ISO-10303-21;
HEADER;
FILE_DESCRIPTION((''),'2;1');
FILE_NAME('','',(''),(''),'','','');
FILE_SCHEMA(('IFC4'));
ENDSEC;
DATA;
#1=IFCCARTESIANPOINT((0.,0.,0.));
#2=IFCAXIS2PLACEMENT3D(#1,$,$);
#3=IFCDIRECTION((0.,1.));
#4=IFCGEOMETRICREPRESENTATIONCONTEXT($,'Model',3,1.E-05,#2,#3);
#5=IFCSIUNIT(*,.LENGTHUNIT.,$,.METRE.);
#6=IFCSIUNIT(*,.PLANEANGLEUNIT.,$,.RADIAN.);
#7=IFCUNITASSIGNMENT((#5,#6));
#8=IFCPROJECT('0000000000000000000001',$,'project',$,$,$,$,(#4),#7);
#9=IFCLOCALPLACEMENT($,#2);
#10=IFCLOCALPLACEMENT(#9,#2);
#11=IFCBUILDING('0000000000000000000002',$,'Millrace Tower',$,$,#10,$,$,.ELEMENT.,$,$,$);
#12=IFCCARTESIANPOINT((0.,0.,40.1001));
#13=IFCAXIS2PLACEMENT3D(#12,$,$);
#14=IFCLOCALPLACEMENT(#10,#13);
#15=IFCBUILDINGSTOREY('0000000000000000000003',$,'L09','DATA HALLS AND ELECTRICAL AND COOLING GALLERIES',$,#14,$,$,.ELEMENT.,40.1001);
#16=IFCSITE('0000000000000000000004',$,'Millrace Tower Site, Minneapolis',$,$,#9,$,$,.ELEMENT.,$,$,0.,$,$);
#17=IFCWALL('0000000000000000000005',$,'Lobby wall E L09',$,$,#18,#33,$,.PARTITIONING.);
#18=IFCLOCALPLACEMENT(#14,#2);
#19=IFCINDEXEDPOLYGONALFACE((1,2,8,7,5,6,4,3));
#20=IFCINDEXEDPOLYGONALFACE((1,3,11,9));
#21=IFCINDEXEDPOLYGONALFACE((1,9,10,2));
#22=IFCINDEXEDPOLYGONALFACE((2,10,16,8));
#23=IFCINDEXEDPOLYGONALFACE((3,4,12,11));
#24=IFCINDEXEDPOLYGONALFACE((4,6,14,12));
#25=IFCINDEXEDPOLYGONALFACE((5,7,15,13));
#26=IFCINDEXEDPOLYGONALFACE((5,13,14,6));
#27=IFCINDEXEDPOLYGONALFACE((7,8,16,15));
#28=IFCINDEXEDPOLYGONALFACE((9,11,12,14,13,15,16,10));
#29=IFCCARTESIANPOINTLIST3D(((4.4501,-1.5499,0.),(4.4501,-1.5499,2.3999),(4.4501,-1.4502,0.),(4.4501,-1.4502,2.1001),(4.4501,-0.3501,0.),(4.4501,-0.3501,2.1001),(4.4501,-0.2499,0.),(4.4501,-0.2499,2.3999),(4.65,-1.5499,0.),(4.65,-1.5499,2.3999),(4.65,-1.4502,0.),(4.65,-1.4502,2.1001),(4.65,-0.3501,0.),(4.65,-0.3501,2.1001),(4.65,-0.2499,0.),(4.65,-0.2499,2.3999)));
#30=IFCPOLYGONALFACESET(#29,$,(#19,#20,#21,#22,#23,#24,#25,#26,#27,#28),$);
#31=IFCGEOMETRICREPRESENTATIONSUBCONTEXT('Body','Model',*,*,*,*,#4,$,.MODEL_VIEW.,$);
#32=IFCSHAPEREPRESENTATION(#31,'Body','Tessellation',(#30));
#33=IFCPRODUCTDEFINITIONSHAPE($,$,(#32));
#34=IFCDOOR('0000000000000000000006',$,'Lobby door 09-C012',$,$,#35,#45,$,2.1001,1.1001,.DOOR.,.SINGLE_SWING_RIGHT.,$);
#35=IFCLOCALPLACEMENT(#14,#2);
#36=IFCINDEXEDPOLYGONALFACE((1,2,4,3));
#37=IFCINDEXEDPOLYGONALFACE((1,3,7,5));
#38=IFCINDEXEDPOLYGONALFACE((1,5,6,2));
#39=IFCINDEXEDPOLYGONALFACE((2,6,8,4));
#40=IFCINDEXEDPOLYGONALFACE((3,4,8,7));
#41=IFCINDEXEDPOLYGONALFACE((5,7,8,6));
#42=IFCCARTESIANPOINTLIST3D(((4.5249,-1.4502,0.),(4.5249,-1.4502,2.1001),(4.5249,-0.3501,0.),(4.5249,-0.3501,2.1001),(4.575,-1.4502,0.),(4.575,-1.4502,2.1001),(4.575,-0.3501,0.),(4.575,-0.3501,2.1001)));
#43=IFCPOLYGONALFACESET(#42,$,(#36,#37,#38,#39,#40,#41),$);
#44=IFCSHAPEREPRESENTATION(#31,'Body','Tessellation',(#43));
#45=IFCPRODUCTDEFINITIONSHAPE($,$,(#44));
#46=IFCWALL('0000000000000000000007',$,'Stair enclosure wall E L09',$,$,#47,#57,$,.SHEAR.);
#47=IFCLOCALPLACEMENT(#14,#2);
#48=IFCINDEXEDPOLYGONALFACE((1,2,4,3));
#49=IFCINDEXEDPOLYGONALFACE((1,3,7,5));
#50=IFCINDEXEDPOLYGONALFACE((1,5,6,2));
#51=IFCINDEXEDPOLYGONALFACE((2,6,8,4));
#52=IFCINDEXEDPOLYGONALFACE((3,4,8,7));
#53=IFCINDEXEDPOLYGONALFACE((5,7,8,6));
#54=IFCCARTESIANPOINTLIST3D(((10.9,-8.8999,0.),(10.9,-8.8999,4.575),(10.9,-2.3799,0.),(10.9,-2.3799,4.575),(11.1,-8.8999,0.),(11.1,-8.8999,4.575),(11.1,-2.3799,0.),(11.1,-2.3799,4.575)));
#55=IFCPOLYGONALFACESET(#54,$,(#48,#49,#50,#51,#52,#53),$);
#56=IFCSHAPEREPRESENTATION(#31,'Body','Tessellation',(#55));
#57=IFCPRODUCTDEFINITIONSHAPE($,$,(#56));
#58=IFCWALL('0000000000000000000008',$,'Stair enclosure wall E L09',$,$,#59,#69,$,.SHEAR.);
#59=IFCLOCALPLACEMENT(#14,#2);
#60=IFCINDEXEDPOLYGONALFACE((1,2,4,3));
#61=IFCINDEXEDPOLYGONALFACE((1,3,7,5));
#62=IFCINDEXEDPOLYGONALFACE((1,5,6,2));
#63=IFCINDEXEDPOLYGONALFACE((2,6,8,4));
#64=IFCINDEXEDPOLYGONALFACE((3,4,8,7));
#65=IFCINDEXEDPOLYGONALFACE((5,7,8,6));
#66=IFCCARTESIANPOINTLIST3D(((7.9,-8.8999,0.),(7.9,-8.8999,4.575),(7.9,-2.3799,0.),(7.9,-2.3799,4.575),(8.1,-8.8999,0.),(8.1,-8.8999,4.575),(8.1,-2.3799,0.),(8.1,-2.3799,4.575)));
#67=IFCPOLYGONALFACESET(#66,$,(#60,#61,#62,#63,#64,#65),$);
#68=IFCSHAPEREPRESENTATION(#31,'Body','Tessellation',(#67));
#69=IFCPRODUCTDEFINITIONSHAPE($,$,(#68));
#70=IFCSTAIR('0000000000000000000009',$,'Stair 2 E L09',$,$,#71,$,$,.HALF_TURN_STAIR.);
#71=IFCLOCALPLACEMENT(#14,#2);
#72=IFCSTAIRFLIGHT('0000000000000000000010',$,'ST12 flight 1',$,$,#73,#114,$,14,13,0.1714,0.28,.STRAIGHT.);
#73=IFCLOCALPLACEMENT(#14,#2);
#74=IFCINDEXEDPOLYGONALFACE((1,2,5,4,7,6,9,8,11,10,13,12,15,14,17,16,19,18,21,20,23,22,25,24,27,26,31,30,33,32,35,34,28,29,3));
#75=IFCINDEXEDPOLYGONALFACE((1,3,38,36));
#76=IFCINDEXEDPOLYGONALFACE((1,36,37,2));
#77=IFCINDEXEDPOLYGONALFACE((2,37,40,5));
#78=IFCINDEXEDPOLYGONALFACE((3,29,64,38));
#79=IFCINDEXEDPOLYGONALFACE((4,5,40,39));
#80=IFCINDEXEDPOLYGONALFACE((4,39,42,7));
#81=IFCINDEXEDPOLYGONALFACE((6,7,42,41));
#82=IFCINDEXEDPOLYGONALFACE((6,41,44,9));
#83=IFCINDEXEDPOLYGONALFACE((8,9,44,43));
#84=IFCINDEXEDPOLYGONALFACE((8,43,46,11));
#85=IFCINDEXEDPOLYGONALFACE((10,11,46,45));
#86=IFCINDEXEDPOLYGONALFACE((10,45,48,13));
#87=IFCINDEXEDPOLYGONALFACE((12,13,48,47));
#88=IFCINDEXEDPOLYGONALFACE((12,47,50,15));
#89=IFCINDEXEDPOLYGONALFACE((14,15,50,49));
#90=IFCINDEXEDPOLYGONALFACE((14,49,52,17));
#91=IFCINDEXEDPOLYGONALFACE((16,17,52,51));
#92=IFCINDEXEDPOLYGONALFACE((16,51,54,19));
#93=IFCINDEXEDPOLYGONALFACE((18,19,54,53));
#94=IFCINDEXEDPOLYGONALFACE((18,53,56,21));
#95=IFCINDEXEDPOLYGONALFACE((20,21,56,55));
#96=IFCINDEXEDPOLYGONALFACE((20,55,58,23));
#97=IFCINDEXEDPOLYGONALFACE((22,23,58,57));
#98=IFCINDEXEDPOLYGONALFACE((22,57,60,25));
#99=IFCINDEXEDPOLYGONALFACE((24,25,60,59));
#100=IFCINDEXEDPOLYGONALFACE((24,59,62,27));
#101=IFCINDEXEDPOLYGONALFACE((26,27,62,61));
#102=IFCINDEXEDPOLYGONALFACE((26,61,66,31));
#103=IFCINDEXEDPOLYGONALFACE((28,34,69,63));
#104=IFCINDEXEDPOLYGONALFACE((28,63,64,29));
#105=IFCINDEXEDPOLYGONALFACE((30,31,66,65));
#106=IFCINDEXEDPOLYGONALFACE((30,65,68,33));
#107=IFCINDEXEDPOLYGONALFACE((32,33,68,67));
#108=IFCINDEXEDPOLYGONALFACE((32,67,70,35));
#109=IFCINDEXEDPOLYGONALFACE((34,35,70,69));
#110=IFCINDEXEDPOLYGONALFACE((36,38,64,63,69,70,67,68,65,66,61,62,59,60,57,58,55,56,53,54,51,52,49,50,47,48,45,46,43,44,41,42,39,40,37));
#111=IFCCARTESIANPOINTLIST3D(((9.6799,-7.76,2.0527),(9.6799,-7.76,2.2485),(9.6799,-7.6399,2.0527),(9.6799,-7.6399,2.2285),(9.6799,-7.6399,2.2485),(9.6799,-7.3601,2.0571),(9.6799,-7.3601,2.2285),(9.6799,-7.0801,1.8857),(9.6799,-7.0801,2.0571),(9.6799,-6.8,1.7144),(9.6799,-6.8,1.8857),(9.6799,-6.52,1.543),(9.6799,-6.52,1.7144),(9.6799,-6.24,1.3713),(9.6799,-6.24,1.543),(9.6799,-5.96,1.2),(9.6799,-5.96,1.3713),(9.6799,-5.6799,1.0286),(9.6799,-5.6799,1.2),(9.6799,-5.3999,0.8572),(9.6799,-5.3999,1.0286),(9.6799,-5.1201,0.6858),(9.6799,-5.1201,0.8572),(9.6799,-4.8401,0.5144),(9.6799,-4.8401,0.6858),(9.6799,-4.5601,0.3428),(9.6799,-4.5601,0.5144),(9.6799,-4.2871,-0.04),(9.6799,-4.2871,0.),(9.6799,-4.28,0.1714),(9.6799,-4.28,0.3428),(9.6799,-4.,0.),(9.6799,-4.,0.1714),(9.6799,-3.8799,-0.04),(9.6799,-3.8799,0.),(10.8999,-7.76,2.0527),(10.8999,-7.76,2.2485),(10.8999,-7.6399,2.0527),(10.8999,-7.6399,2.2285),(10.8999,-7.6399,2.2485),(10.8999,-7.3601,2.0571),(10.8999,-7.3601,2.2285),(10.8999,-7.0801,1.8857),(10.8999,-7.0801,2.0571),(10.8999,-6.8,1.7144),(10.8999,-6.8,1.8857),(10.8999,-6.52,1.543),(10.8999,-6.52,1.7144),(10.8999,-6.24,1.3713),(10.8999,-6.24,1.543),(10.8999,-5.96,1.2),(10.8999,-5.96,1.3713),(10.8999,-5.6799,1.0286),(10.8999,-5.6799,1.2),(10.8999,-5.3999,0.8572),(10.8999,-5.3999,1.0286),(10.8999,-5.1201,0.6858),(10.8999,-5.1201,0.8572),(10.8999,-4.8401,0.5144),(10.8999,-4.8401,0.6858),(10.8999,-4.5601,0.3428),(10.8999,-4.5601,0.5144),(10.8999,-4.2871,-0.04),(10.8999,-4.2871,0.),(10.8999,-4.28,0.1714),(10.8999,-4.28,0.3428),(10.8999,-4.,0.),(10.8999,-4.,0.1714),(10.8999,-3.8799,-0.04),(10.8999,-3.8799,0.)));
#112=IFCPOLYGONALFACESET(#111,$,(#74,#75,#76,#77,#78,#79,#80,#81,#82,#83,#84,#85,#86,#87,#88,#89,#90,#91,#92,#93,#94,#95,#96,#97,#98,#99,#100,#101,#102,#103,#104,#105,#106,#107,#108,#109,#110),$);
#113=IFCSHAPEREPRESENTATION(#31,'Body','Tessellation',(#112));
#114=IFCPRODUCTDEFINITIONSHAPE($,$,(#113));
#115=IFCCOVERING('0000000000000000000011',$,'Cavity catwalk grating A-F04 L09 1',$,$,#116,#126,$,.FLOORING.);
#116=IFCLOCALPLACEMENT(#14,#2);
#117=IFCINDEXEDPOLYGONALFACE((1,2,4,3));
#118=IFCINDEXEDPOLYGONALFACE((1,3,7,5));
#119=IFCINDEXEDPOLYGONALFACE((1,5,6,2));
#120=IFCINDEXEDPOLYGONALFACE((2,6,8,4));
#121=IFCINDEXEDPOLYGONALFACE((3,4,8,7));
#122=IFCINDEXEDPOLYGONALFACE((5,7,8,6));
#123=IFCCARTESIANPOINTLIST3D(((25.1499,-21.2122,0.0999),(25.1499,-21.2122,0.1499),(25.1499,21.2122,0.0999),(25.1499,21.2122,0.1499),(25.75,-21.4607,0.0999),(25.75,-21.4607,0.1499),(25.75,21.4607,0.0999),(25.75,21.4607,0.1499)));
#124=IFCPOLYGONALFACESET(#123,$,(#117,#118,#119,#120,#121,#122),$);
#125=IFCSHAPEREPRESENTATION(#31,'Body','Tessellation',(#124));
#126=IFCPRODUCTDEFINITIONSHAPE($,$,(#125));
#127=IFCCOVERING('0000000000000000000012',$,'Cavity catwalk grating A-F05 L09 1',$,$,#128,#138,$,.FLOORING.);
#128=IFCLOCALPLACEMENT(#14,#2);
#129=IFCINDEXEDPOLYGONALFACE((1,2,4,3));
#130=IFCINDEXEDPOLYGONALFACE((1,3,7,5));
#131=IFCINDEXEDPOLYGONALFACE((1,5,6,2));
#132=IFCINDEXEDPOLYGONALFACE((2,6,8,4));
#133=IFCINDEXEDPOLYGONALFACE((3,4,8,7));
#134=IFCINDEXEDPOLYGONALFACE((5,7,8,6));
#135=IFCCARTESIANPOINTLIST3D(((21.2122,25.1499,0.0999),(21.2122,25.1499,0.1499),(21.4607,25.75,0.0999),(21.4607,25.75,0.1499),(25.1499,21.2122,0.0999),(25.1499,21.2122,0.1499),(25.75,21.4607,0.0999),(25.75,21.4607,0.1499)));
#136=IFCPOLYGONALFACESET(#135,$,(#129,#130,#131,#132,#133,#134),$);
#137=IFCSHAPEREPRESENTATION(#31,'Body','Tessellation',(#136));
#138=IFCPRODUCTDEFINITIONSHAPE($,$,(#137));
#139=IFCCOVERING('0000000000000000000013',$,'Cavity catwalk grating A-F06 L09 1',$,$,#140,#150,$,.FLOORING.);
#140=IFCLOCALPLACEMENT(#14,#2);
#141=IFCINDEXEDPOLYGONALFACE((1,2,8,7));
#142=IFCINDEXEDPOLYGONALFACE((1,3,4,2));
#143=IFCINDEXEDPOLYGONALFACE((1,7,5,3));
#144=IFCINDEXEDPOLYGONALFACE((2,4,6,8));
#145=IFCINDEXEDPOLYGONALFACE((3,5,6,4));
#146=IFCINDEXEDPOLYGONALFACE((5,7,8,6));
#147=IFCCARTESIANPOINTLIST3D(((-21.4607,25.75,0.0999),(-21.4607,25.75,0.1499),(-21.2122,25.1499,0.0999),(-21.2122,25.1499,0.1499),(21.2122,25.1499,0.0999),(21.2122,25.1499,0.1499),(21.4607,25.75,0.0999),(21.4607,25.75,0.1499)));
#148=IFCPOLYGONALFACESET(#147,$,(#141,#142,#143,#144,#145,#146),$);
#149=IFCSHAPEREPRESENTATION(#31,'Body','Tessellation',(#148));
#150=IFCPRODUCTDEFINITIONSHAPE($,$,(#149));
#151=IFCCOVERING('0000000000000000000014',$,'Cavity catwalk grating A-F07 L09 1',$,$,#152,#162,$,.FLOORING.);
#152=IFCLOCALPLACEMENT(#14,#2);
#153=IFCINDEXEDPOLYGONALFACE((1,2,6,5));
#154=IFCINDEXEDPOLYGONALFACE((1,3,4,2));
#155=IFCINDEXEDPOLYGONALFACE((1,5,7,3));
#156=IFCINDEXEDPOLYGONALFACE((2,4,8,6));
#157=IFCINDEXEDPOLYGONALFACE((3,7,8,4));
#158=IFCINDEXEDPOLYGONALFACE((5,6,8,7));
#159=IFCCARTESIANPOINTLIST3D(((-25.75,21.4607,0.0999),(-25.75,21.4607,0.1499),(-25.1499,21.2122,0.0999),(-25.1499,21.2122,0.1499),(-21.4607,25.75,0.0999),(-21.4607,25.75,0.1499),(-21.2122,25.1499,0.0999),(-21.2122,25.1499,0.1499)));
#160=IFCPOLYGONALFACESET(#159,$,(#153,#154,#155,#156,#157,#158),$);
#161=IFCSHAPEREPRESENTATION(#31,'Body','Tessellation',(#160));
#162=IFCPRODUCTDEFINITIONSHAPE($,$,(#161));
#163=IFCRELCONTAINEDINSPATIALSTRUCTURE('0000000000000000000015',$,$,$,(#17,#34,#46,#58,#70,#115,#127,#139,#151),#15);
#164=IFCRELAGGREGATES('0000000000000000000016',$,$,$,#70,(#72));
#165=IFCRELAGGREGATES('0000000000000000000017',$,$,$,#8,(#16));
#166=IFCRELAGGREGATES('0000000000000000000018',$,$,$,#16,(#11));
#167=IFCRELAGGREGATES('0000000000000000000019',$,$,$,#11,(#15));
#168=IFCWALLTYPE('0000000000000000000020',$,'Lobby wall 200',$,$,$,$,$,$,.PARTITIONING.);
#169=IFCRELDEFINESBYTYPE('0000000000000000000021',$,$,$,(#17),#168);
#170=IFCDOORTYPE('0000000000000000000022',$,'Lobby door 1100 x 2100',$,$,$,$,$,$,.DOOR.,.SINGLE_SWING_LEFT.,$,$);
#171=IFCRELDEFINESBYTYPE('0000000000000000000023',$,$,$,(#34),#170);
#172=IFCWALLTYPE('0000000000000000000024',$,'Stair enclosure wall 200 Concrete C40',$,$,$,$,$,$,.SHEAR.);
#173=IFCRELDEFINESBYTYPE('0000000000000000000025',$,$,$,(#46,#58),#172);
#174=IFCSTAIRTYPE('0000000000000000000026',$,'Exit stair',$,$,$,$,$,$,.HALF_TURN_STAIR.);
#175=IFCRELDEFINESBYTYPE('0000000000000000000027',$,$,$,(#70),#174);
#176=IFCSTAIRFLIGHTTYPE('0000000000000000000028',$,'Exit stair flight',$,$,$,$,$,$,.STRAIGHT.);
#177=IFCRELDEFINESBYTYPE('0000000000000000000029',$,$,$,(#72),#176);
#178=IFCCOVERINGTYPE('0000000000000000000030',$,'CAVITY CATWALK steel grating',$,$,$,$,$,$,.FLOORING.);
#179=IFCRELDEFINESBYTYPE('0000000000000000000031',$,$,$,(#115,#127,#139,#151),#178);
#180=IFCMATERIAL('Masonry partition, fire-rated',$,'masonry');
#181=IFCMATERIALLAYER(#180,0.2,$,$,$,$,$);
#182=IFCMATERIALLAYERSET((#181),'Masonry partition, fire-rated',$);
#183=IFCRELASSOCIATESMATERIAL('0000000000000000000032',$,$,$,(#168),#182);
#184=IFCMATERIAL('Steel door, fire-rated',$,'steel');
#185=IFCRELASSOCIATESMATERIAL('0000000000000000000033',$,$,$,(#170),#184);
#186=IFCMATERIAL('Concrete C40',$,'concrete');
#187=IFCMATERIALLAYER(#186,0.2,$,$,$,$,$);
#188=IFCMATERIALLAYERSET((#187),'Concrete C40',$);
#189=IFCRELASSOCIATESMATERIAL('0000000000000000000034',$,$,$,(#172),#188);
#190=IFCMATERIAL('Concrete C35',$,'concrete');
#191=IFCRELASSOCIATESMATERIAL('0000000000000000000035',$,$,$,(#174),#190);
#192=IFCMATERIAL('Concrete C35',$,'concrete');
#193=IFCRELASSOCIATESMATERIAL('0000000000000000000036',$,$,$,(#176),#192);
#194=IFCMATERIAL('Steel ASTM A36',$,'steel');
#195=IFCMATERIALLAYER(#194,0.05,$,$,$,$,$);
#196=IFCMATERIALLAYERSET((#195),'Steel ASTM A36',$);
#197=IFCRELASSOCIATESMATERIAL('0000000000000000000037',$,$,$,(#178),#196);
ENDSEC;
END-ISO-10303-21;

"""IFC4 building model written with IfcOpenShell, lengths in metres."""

from ifc_helpers import new_model, si_unit, direction, frame, frame_2d, origin, place, context, subcontext, project, spatial, polyline, rectangle, outline, extrude, material, layer, layer_set, type_object, element, fill, aggregate, save


model = new_model("IFC4")

# Units and contexts
model_context = context("Model", 3, precision=1e-05, world=origin(), true_north=direction((0.0, 1.0)))
body_context = subcontext(model_context, "Body", "Model", "MODEL_VIEW")
ifc_project = project(units=[si_unit("LENGTHUNIT", "METRE"), si_unit("PLANEANGLEUNIT", "RADIAN")], contexts=[model_context])

# Site, building, storey
site_placement = place(None, origin())
site = spatial("IfcSite", under=ifc_project, at=site_placement, Name="Millrace Tower Site, Minneapolis", CompositionType="ELEMENT", RefElevation=0.0)
building_placement = place(site_placement, origin())
building = spatial("IfcBuilding", under=site, at=building_placement, Name="Millrace Tower", CompositionType="ELEMENT")
storey_placement = place(building_placement, frame((0.0, 0.0, 40.1001)))
storey = spatial("IfcBuildingStorey", under=building, at=storey_placement, Name="L09", Description="DATA HALLS AND ELECTRICAL AND COOLING GALLERIES", CompositionType="ELEMENT", Elevation=40.1001)

# Shared definitions
placement_1 = place(storey_placement, origin())

# Wall, opening, door
ifc_material_1 = material(Name="Masonry partition, fire-rated", Category="masonry")
ifc_layer_1 = layer(ifc_material_1, 0.2)
ifc_layer_set_1 = layer_set([ifc_layer_1], Name="Masonry partition, fire-rated")
wall_type_1 = type_object("IfcWallType", Name="Lobby wall 200", PredefinedType="PARTITIONING", material=ifc_layer_set_1)
wall_1_placement = place(storey_placement, frame((4.55, -0.25, 0.0), z_axis=(0.0, 0.0, 1.0), x_axis=(0.0, -1.0, 0.0)))
wall_1 = element("IfcWall", 1, at=wall_1_placement, inside=storey, type_object=wall_type_1, Name="Lobby wall E L09", PredefinedType="PARTITIONING", context=body_context, shape_type="SweptSolid", body=[
    extrude(rectangle(XDim=1.3, YDim=0.2, at=frame_2d((0.6499, 0.0))), origin(), (0.0, 0.0, 1.0), 2.3999),
])
opening_placement = place(wall_1_placement, frame((0.1001, 0.0, 0.0)))
opening = element("IfcOpeningElement", 2, at=opening_placement, cuts=wall_1, PredefinedType="OPENING", context=body_context, shape_type="SweptSolid", body=[
    extrude(rectangle(XDim=1.1001, YDim=2.1001, at=frame_2d((0.55, 1.05))), frame((0.0, 0.1099, 0.0), z_axis=(0.0, -1.0, 0.0), x_axis=(1.0, 0.0, 0.0)), (0.0, 0.0, 1.0), 0.22),
])
ifc_material_2 = material(Name="Steel door, fire-rated", Category="steel")
door_type = type_object("IfcDoorType", Name="Lobby door 1100 x 2100", OperationType="SINGLE_SWING_LEFT", PredefinedType="DOOR", material=ifc_material_2)
door_placement = place(opening_placement, origin())
door = element("IfcDoor", 3, at=door_placement, inside=storey, type_object=door_type, Name="Lobby door 09-C012", OperationType="SINGLE_SWING_RIGHT", OverallHeight=2.1001, OverallWidth=1.1001, PredefinedType="DOOR", context=body_context, shape_type="SweptSolid", body=[
    extrude(rectangle(XDim=1.1001, YDim=2.1001, at=frame_2d((0.55, 1.05))), frame((0.0, 0.0249, 0.0), z_axis=(0.0, -1.0, 0.0), x_axis=(1.0, 0.0, 0.0)), (0.0, 0.0, 1.0), 0.05),
])
fill(opening, door)

# Walls
ifc_material_3 = material(Name="Concrete C40", Category="concrete")
ifc_layer_2 = layer(ifc_material_3, 0.2)
ifc_layer_set_2 = layer_set([ifc_layer_2], Name="Concrete C40")
wall_type_2 = type_object("IfcWallType", Name="Stair enclosure wall 200 Concrete C40", PredefinedType="SHEAR", material=ifc_layer_set_2)
for number, where, z_axis, x_axis, name in (
    (4, (11.0, -2.3799, 0.0), (0.0, 0.0, 1.0), (0.0, -1.0, 0.0), "Stair enclosure wall E L09"),
    (5, (8.0, -2.3799, 0.0), (0.0, 0.0, 1.0), (0.0, -1.0, 0.0), "Stair enclosure wall E L09"),
):
    element("IfcWall", number, at=place(storey_placement, frame(where, z_axis=z_axis, x_axis=x_axis)), inside=storey, type_object=wall_type_2, Name=name, PredefinedType="SHEAR", context=body_context, shape_type="SweptSolid", body=[
        extrude(rectangle(XDim=6.52, YDim=0.2, at=frame_2d((3.26, 0.0))), origin(), (0.0, 0.0, 1.0), 4.575),
    ])

# Stair, stair flight
ifc_material_4 = material(Name="Concrete C35", Category="concrete")
stair_type = type_object("IfcStairType", Name="Exit stair", PredefinedType="HALF_TURN_STAIR", material=ifc_material_4)
stair = element("IfcStair", 6, at=placement_1, inside=storey, type_object=stair_type, Name="Stair 2 E L09", PredefinedType="HALF_TURN_STAIR")
ifc_material_5 = material(Name="Concrete C35", Category="concrete")
stair_flight_type = type_object("IfcStairFlightType", Name="Exit stair flight", PredefinedType="STRAIGHT", material=ifc_material_5)
stair_flight_placement = place(storey_placement, frame((10.29, -4.0, 0.0), z_axis=(0.0, 0.0, 1.0), x_axis=(0.0, -1.0, 0.0)))
stair_flight = element("IfcStairFlight", 7, at=stair_flight_placement, type_object=stair_flight_type, Name="ST12 flight 1", NumberOfRisers=14, NumberOfTreads=13, PredefinedType="STRAIGHT", RiserHeight=0.1714, TreadLength=0.28, context=body_context, shape_type="SweptSolid", body=[
    extrude(outline(polyline([(-0.1201, -0.04), (-0.1201, 0.0), (0.0, 0.0), (0.0, 0.1714), (0.28, 0.1714), (0.28, 0.3428), (0.5601, 0.3428), (0.5601, 0.5144), (0.8401, 0.5144), (0.8401, 0.6858), (1.1201, 0.6858), (1.1201, 0.8572), (1.3999, 0.8572), (1.3999, 1.0286), (1.6799, 1.0286), (1.6799, 1.2), (1.96, 1.2), (1.96, 1.3713), (2.24, 1.3713), (2.24, 1.543), (2.52, 1.543), (2.52, 1.7144), (2.8, 1.7144), (2.8, 1.8857), (3.0801, 1.8857), (3.0801, 2.0571), (3.3601, 2.0571), (3.3601, 2.2285), (3.6399, 2.2285), (3.6399, 2.2485), (3.76, 2.2485), (3.76, 2.0527), (3.6399, 2.0527), (0.2871, 0.0), (0.2871, -0.04), (-0.1201, -0.04)])), frame((0.0, 0.6099, 0.0), z_axis=(0.0, -1.0, 0.0), x_axis=(1.0, 0.0, 0.0)), (0.0, 0.0, 1.0), 1.22),
])
aggregate(stair, [stair_flight])

# Coverings
ifc_material_6 = material(Name="Steel ASTM A36", Category="steel")
ifc_layer_3 = layer(ifc_material_6, 0.05)
ifc_layer_set_3 = layer_set([ifc_layer_3], Name="Steel ASTM A36")
covering_type = type_object("IfcCoveringType", Name="CAVITY CATWALK steel grating", PredefinedType="FLOORING", material=ifc_layer_set_3)
placement_2 = place(storey_placement, frame((0.0, 0.0, 0.0999)))
element("IfcCovering", 8, at=placement_2, inside=storey, type_object=covering_type, Name="Cavity catwalk grating A-F04 L09 1", PredefinedType="FLOORING", context=body_context, shape_type="SweptSolid", body=[
    extrude(outline(polyline([(25.75, -21.4607), (25.75, 21.4607), (25.1499, 21.2122), (25.1499, -21.2122), (25.75, -21.4607)])), origin(), (0.0, 0.0, 1.0), 0.05),
])
element("IfcCovering", 9, at=placement_2, inside=storey, type_object=covering_type, Name="Cavity catwalk grating A-F05 L09 1", PredefinedType="FLOORING", context=body_context, shape_type="SweptSolid", body=[
    extrude(outline(polyline([(25.75, 21.4607), (21.4607, 25.75), (21.2122, 25.1499), (25.1499, 21.2122), (25.75, 21.4607)])), origin(), (0.0, 0.0, 1.0), 0.05),
])
element("IfcCovering", 10, at=placement_2, inside=storey, type_object=covering_type, Name="Cavity catwalk grating A-F06 L09 1", PredefinedType="FLOORING", context=body_context, shape_type="SweptSolid", body=[
    extrude(outline(polyline([(21.4607, 25.75), (-21.4607, 25.75), (-21.2122, 25.1499), (21.2122, 25.1499), (21.4607, 25.75)])), origin(), (0.0, 0.0, 1.0), 0.05),
])
element("IfcCovering", 11, at=placement_2, inside=storey, type_object=covering_type, Name="Cavity catwalk grating A-F07 L09 1", PredefinedType="FLOORING", context=body_context, shape_type="SweptSolid", body=[
    extrude(outline(polyline([(-21.4607, 25.75), (-25.75, 21.4607), (-25.1499, 21.2122), (-21.2122, 25.1499), (-21.4607, 25.75)])), origin(), (0.0, 0.0, 1.0), 0.05),
])

save(model, "model.ifc")
